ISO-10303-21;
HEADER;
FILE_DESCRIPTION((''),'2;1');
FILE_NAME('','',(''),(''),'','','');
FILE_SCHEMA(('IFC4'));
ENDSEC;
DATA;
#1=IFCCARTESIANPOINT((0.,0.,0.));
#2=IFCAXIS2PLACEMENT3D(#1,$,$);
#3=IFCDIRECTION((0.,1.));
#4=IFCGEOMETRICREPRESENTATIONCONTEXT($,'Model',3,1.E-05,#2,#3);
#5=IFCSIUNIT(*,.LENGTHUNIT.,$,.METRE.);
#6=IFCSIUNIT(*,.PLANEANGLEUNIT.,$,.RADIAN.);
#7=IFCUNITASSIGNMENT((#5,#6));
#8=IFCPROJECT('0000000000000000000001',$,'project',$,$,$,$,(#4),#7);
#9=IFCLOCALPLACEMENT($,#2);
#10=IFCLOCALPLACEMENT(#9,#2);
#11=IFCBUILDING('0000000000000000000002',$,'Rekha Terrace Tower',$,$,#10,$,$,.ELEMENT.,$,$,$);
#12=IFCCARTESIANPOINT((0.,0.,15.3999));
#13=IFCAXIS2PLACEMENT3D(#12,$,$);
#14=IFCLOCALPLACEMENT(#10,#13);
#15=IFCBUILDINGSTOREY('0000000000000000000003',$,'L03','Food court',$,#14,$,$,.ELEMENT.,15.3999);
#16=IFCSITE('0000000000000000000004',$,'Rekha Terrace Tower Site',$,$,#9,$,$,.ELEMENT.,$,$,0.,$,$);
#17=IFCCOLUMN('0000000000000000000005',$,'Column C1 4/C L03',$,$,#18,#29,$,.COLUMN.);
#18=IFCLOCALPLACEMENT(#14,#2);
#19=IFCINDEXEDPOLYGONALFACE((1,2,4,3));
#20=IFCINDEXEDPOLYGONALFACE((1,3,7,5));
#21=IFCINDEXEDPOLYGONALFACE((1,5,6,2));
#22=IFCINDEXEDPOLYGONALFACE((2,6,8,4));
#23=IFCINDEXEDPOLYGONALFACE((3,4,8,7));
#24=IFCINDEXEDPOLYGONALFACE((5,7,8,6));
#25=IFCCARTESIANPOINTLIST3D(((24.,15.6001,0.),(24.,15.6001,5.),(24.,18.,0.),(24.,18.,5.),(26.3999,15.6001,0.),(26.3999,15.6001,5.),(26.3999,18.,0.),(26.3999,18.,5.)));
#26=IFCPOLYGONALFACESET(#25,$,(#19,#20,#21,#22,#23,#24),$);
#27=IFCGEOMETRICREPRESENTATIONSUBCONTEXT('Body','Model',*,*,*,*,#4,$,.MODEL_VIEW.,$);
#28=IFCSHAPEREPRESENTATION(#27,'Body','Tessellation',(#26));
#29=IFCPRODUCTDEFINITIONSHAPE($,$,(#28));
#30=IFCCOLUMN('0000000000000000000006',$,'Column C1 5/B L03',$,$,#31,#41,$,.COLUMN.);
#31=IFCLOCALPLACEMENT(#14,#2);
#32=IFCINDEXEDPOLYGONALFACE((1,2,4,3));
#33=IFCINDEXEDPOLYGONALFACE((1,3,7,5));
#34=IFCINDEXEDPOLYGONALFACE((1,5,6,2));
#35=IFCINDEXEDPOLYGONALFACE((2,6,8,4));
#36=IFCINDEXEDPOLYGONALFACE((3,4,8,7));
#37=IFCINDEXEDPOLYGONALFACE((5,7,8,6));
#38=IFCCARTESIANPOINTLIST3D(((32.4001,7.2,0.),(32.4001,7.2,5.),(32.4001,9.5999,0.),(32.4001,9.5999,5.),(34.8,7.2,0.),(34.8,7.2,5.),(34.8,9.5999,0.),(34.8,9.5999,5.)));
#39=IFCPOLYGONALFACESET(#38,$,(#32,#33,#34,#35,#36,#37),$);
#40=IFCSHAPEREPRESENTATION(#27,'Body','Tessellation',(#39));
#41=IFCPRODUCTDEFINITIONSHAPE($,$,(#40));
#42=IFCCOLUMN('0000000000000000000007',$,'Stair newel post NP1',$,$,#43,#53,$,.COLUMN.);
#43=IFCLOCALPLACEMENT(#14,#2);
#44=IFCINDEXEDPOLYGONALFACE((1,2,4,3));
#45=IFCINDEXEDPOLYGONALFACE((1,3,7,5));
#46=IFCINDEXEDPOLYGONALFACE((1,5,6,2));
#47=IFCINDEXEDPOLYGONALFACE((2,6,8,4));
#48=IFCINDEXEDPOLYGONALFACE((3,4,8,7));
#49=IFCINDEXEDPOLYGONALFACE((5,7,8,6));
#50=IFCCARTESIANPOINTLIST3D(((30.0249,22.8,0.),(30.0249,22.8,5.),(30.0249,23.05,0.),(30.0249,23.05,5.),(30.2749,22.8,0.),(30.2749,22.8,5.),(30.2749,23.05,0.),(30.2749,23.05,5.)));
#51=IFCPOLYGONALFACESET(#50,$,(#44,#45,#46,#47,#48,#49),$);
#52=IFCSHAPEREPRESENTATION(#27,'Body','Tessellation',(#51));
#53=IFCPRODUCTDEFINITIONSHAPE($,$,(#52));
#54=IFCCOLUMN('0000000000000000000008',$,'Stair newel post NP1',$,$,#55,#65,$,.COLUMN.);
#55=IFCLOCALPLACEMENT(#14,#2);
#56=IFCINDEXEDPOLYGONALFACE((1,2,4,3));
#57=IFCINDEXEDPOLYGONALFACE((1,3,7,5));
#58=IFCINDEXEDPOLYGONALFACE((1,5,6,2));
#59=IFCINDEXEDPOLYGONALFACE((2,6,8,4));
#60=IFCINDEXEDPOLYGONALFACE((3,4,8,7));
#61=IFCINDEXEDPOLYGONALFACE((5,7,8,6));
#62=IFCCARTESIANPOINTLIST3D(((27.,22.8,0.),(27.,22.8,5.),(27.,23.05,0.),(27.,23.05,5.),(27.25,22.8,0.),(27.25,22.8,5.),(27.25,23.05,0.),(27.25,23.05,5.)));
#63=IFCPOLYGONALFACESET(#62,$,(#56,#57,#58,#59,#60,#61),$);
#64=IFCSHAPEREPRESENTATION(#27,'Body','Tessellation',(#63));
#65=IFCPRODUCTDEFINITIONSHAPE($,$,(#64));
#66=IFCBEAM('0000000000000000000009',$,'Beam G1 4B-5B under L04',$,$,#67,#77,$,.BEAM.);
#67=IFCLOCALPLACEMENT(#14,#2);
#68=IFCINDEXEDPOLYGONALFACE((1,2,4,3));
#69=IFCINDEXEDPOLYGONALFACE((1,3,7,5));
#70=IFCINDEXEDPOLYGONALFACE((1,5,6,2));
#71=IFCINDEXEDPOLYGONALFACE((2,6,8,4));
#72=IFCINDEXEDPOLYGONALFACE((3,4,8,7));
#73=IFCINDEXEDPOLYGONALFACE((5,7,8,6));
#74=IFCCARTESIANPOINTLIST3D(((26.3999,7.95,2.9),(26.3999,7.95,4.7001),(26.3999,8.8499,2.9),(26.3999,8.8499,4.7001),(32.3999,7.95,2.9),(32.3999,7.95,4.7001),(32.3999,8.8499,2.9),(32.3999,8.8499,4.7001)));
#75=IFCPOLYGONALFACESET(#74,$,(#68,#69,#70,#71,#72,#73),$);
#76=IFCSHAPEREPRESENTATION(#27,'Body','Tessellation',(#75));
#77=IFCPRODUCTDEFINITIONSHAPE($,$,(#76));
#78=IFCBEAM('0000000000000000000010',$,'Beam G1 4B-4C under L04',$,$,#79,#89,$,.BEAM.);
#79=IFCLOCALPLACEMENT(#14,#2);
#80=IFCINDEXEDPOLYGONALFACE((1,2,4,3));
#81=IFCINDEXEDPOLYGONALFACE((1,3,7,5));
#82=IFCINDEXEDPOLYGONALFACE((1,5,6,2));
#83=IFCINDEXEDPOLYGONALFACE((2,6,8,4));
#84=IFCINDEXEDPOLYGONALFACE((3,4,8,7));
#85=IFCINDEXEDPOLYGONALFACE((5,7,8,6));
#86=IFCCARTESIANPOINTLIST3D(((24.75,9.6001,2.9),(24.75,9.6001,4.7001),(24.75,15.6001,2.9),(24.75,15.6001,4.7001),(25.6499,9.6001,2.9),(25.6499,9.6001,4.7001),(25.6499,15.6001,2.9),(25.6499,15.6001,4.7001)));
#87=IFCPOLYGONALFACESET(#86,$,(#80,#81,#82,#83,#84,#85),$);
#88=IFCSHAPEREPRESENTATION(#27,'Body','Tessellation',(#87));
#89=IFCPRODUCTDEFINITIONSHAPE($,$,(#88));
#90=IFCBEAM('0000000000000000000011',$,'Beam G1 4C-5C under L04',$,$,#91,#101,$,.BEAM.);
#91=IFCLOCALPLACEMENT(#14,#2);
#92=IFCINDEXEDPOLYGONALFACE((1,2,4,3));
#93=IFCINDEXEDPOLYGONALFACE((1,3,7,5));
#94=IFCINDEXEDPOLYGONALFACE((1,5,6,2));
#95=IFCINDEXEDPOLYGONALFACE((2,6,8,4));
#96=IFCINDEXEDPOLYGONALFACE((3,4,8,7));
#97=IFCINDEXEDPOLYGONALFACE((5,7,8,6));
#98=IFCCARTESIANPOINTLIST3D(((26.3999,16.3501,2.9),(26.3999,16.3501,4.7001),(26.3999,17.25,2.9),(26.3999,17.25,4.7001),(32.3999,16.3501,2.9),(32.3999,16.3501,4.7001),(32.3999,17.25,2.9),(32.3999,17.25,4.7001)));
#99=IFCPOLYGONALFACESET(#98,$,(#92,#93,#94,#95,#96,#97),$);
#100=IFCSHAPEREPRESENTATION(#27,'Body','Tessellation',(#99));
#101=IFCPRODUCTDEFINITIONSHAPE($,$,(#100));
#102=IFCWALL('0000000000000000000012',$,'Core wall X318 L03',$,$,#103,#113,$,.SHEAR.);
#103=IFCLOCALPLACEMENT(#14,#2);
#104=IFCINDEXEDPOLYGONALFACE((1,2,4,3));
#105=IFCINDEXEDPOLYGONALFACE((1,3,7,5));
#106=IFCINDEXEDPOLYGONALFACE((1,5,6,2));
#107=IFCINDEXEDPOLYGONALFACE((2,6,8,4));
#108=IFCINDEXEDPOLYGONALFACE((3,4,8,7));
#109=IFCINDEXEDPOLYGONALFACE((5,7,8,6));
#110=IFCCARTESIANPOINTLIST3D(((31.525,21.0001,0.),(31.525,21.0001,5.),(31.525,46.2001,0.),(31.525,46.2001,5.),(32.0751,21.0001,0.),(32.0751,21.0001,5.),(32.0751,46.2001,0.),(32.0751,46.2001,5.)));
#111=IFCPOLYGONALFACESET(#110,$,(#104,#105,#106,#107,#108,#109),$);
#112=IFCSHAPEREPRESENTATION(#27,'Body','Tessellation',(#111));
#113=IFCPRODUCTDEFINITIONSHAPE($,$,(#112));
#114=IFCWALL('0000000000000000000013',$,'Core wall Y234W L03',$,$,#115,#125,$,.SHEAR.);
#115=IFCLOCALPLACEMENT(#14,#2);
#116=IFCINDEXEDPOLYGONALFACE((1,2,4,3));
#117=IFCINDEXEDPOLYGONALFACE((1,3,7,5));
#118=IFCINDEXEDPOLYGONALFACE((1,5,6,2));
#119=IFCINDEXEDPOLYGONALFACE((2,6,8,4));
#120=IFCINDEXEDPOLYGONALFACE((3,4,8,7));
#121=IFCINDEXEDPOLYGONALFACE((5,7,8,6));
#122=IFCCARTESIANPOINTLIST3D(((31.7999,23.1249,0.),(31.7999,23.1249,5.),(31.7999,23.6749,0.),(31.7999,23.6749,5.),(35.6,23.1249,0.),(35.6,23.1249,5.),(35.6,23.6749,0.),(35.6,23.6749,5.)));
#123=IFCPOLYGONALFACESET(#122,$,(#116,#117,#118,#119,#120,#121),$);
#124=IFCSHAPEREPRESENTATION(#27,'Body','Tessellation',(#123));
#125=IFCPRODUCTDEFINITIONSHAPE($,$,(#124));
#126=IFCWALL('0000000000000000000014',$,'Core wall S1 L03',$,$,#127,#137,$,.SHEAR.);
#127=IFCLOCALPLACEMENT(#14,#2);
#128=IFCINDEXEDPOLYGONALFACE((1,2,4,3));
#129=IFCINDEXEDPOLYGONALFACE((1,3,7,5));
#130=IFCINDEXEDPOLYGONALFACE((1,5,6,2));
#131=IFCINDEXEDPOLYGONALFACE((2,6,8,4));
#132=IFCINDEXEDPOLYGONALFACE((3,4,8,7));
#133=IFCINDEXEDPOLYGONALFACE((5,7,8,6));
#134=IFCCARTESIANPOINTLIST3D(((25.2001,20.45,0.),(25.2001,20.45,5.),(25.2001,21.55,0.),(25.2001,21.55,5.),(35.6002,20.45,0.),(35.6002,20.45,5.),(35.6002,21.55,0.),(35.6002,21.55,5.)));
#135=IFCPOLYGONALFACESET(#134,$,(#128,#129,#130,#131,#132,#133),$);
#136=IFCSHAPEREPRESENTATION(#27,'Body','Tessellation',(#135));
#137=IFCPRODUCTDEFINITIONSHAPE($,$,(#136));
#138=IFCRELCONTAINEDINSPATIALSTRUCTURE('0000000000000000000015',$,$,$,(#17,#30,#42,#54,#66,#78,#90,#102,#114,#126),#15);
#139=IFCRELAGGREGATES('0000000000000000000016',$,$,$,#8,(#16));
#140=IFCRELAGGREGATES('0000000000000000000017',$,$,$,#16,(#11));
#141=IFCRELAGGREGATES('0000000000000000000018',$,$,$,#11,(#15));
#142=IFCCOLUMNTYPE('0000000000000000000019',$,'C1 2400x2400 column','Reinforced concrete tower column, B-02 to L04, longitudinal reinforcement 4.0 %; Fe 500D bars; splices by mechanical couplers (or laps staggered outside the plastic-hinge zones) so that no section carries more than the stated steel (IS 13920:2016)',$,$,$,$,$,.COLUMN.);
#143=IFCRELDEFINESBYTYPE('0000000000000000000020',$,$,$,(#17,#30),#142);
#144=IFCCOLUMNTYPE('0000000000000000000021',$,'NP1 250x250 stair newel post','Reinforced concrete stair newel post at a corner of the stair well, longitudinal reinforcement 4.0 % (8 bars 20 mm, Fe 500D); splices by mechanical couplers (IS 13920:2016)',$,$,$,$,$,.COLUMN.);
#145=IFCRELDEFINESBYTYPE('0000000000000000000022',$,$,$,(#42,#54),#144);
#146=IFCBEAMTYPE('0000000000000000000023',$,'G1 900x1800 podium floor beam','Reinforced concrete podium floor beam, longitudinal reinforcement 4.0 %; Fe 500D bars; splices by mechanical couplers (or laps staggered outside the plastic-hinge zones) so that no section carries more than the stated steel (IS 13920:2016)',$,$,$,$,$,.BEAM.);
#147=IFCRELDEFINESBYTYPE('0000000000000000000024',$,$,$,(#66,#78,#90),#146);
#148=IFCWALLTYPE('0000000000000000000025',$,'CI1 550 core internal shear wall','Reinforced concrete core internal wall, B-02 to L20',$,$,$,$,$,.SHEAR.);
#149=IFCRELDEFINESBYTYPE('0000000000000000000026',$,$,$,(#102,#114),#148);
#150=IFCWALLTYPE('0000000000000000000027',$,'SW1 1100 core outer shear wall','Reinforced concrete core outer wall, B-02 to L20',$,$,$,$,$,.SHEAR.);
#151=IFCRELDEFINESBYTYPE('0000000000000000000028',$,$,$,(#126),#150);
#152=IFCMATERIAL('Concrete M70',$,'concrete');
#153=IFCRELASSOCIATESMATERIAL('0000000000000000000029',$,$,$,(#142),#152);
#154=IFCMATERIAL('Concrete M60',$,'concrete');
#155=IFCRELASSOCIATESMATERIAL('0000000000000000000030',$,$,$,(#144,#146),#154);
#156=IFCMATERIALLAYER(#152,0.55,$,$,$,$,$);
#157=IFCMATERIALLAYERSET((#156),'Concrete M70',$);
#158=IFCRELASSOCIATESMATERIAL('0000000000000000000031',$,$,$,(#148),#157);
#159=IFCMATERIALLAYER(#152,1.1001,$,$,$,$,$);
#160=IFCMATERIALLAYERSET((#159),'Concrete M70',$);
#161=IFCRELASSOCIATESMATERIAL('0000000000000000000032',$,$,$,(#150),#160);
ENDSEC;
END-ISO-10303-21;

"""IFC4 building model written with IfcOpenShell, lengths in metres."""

from ifc_helpers import new_model, si_unit, direction, frame, frame_2d, origin, origin_2d, place, context, subcontext, project, spatial, rectangle, extrude, material, layer, layer_set, material_profile, profile_set, type_object, element, save


model = new_model("IFC4")

# Units and contexts
model_context = context("Model", 3, precision=1e-05, world=origin(), true_north=direction((0.0, 1.0)))
body_context = subcontext(model_context, "Body", "Model", "MODEL_VIEW")
ifc_project = project(units=[si_unit("LENGTHUNIT", "METRE"), si_unit("PLANEANGLEUNIT", "RADIAN")], contexts=[model_context])

# Site, building, storey
site_placement = place(None, origin())
site = spatial("IfcSite", under=ifc_project, at=site_placement, Name="Rekha Terrace Tower Site", CompositionType="ELEMENT", RefElevation=0.0)
building_placement = place(site_placement, origin())
building = spatial("IfcBuilding", under=site, at=building_placement, Name="Rekha Terrace Tower", CompositionType="ELEMENT")
storey_placement = place(building_placement, frame((0.0, 0.0, 15.3999)))
storey = spatial("IfcBuildingStorey", under=building, at=storey_placement, Name="L03", Description="Food court", CompositionType="ELEMENT", Elevation=15.3999)

# Columns
ifc_material_1 = material(Name="Concrete M70", Category="concrete")
ifc_material_profile_1 = material_profile(ifc_material_1, rectangle(XDim=2.3999, YDim=2.3999, at=origin_2d()), Name="RC 2400x2400")
ifc_profile_set_1 = profile_set([ifc_material_profile_1], Name="Concrete M70")
column_type_1 = type_object("IfcColumnType", Name="C1 2400x2400 column", Description="Reinforced concrete tower column, B-02 to L04, longitudinal reinforcement 4.0 %; Fe 500D bars; splices by mechanical couplers (or laps staggered outside the plastic-hinge zones) so that no section carries more than the stated steel (IS 13920:2016)", PredefinedType="COLUMN", material=ifc_profile_set_1)
for number, where, z_axis, x_axis, name in (
    (1, (25.2, 16.8, 0.0), (0.0, 0.0, 1.0), (1.0, 0.0, 0.0), "Column C1 4/C L03"),
    (2, (33.6001, 8.3999, 0.0), (0.0, 0.0, 1.0), (1.0, 0.0, 0.0), "Column C1 5/B L03"),
):
    element("IfcColumn", number, at=place(storey_placement, frame(where, z_axis=z_axis, x_axis=x_axis)), inside=storey, type_object=column_type_1, Name=name, PredefinedType="COLUMN", context=body_context, shape_type="SweptSolid", body=[
        extrude(rectangle(XDim=2.3999, YDim=2.3999, at=origin_2d()), origin(), (0.0, 0.0, 1.0), 5.0),
    ])
ifc_material_2 = material(Name="Concrete M60", Category="concrete")
ifc_material_profile_2 = material_profile(ifc_material_2, rectangle(XDim=0.25, YDim=0.25, at=origin_2d()), Name="RC 250x250")
ifc_profile_set_2 = profile_set([ifc_material_profile_2], Name="Concrete M60")
column_type_2 = type_object("IfcColumnType", Name="NP1 250x250 stair newel post", Description="Reinforced concrete stair newel post at a corner of the stair well, longitudinal reinforcement 4.0 % (8 bars 20 mm, Fe 500D); splices by mechanical couplers (IS 13920:2016)", PredefinedType="COLUMN", material=ifc_profile_set_2)
for number, where, z_axis, x_axis, name in (
    (3, (30.1499, 22.925, 0.0), (0.0, 0.0, 1.0), (1.0, 0.0, 0.0), "Stair newel post NP1"),
    (4, (27.125, 22.925, 0.0), (0.0, 0.0, 1.0), (1.0, 0.0, 0.0), "Stair newel post NP1"),
):
    element("IfcColumn", number, at=place(storey_placement, frame(where, z_axis=z_axis, x_axis=x_axis)), inside=storey, type_object=column_type_2, Name=name, PredefinedType="COLUMN", context=body_context, shape_type="SweptSolid", body=[
        extrude(rectangle(XDim=0.25, YDim=0.25, at=origin_2d()), origin(), (0.0, 0.0, 1.0), 5.0),
    ])

# Beams
ifc_material_profile_3 = material_profile(ifc_material_2, rectangle(XDim=0.8999, YDim=1.8, at=origin_2d()), Name="RC 900x1800")
ifc_profile_set_3 = profile_set([ifc_material_profile_3], Name="Concrete M60")
beam_type = type_object("IfcBeamType", Name="G1 900x1800 podium floor beam", Description="Reinforced concrete podium floor beam, longitudinal reinforcement 4.0 %; Fe 500D bars; splices by mechanical couplers (or laps staggered outside the plastic-hinge zones) so that no section carries more than the stated steel (IS 13920:2016)", PredefinedType="BEAM", material=ifc_profile_set_3)
for number, where, z_axis, x_axis, name in (
    (5, (26.3999, 8.3999, 3.8), (1.0, 0.0, 0.0), (0.0, 1.0, 0.0), "Beam G1 4B-5B under L04"),
    (6, (25.2, 9.6001, 3.8), (0.0, 1.0, 0.0), (-1.0, 0.0, 0.0), "Beam G1 4B-4C under L04"),
    (7, (26.3999, 16.8, 3.8), (1.0, 0.0, 0.0), (0.0, 1.0, 0.0), "Beam G1 4C-5C under L04"),
):
    element("IfcBeam", number, at=place(storey_placement, frame(where, z_axis=z_axis, x_axis=x_axis)), inside=storey, type_object=beam_type, Name=name, PredefinedType="BEAM", context=body_context, shape_type="SweptSolid", body=[
        extrude(rectangle(XDim=0.8999, YDim=1.8, at=origin_2d()), origin(), (0.0, 0.0, 1.0), 6.0),
    ])

# Walls
ifc_layer_1 = layer(ifc_material_1, 0.55)
ifc_layer_set_1 = layer_set([ifc_layer_1], Name="Concrete M70")
wall_type_1 = type_object("IfcWallType", Name="CI1 550 core internal shear wall", Description="Reinforced concrete core internal wall, B-02 to L20", PredefinedType="SHEAR", material=ifc_layer_set_1)
wall_1_placement = place(storey_placement, frame((31.8, 21.0, 0.0), z_axis=(0.0, 0.0, 1.0), x_axis=(0.0, 1.0, 0.0)))
element("IfcWall", 8, at=wall_1_placement, inside=storey, type_object=wall_type_1, Name="Core wall X318 L03", PredefinedType="SHEAR", context=body_context, shape_type="SweptSolid", body=[
    extrude(rectangle(XDim=25.2, YDim=0.55, at=frame_2d((12.6001, 0.0))), origin(), (0.0, 0.0, 1.0), 5.0),
])
wall_2_placement = place(storey_placement, frame((31.8, 23.3999, 0.0), z_axis=(0.0, 0.0, 1.0), x_axis=(1.0, 0.0, 0.0)))
element("IfcWall", 9, at=wall_2_placement, inside=storey, type_object=wall_type_1, Name="Core wall Y234W L03", PredefinedType="SHEAR", context=body_context, shape_type="SweptSolid", body=[
    extrude(rectangle(XDim=3.8, YDim=0.55, at=frame_2d((1.8999, 0.0))), origin(), (0.0, 0.0, 1.0), 5.0),
])
ifc_layer_2 = layer(ifc_material_1, 1.1001)
ifc_layer_set_2 = layer_set([ifc_layer_2], Name="Concrete M70")
wall_type_2 = type_object("IfcWallType", Name="SW1 1100 core outer shear wall", Description="Reinforced concrete core outer wall, B-02 to L20", PredefinedType="SHEAR", material=ifc_layer_set_2)
wall_3_placement = place(storey_placement, frame((25.2, 21.0, 0.0), z_axis=(0.0, 0.0, 1.0), x_axis=(1.0, 0.0, 0.0)))
element("IfcWall", 10, at=wall_3_placement, inside=storey, type_object=wall_type_2, Name="Core wall S1 L03", PredefinedType="SHEAR", context=body_context, shape_type="SweptSolid", body=[
    extrude(rectangle(XDim=10.4001, YDim=1.1001, at=frame_2d((5.2002, 0.0))), origin(), (0.0, 0.0, 1.0), 5.0),
])

save(model, "model.ifc")
